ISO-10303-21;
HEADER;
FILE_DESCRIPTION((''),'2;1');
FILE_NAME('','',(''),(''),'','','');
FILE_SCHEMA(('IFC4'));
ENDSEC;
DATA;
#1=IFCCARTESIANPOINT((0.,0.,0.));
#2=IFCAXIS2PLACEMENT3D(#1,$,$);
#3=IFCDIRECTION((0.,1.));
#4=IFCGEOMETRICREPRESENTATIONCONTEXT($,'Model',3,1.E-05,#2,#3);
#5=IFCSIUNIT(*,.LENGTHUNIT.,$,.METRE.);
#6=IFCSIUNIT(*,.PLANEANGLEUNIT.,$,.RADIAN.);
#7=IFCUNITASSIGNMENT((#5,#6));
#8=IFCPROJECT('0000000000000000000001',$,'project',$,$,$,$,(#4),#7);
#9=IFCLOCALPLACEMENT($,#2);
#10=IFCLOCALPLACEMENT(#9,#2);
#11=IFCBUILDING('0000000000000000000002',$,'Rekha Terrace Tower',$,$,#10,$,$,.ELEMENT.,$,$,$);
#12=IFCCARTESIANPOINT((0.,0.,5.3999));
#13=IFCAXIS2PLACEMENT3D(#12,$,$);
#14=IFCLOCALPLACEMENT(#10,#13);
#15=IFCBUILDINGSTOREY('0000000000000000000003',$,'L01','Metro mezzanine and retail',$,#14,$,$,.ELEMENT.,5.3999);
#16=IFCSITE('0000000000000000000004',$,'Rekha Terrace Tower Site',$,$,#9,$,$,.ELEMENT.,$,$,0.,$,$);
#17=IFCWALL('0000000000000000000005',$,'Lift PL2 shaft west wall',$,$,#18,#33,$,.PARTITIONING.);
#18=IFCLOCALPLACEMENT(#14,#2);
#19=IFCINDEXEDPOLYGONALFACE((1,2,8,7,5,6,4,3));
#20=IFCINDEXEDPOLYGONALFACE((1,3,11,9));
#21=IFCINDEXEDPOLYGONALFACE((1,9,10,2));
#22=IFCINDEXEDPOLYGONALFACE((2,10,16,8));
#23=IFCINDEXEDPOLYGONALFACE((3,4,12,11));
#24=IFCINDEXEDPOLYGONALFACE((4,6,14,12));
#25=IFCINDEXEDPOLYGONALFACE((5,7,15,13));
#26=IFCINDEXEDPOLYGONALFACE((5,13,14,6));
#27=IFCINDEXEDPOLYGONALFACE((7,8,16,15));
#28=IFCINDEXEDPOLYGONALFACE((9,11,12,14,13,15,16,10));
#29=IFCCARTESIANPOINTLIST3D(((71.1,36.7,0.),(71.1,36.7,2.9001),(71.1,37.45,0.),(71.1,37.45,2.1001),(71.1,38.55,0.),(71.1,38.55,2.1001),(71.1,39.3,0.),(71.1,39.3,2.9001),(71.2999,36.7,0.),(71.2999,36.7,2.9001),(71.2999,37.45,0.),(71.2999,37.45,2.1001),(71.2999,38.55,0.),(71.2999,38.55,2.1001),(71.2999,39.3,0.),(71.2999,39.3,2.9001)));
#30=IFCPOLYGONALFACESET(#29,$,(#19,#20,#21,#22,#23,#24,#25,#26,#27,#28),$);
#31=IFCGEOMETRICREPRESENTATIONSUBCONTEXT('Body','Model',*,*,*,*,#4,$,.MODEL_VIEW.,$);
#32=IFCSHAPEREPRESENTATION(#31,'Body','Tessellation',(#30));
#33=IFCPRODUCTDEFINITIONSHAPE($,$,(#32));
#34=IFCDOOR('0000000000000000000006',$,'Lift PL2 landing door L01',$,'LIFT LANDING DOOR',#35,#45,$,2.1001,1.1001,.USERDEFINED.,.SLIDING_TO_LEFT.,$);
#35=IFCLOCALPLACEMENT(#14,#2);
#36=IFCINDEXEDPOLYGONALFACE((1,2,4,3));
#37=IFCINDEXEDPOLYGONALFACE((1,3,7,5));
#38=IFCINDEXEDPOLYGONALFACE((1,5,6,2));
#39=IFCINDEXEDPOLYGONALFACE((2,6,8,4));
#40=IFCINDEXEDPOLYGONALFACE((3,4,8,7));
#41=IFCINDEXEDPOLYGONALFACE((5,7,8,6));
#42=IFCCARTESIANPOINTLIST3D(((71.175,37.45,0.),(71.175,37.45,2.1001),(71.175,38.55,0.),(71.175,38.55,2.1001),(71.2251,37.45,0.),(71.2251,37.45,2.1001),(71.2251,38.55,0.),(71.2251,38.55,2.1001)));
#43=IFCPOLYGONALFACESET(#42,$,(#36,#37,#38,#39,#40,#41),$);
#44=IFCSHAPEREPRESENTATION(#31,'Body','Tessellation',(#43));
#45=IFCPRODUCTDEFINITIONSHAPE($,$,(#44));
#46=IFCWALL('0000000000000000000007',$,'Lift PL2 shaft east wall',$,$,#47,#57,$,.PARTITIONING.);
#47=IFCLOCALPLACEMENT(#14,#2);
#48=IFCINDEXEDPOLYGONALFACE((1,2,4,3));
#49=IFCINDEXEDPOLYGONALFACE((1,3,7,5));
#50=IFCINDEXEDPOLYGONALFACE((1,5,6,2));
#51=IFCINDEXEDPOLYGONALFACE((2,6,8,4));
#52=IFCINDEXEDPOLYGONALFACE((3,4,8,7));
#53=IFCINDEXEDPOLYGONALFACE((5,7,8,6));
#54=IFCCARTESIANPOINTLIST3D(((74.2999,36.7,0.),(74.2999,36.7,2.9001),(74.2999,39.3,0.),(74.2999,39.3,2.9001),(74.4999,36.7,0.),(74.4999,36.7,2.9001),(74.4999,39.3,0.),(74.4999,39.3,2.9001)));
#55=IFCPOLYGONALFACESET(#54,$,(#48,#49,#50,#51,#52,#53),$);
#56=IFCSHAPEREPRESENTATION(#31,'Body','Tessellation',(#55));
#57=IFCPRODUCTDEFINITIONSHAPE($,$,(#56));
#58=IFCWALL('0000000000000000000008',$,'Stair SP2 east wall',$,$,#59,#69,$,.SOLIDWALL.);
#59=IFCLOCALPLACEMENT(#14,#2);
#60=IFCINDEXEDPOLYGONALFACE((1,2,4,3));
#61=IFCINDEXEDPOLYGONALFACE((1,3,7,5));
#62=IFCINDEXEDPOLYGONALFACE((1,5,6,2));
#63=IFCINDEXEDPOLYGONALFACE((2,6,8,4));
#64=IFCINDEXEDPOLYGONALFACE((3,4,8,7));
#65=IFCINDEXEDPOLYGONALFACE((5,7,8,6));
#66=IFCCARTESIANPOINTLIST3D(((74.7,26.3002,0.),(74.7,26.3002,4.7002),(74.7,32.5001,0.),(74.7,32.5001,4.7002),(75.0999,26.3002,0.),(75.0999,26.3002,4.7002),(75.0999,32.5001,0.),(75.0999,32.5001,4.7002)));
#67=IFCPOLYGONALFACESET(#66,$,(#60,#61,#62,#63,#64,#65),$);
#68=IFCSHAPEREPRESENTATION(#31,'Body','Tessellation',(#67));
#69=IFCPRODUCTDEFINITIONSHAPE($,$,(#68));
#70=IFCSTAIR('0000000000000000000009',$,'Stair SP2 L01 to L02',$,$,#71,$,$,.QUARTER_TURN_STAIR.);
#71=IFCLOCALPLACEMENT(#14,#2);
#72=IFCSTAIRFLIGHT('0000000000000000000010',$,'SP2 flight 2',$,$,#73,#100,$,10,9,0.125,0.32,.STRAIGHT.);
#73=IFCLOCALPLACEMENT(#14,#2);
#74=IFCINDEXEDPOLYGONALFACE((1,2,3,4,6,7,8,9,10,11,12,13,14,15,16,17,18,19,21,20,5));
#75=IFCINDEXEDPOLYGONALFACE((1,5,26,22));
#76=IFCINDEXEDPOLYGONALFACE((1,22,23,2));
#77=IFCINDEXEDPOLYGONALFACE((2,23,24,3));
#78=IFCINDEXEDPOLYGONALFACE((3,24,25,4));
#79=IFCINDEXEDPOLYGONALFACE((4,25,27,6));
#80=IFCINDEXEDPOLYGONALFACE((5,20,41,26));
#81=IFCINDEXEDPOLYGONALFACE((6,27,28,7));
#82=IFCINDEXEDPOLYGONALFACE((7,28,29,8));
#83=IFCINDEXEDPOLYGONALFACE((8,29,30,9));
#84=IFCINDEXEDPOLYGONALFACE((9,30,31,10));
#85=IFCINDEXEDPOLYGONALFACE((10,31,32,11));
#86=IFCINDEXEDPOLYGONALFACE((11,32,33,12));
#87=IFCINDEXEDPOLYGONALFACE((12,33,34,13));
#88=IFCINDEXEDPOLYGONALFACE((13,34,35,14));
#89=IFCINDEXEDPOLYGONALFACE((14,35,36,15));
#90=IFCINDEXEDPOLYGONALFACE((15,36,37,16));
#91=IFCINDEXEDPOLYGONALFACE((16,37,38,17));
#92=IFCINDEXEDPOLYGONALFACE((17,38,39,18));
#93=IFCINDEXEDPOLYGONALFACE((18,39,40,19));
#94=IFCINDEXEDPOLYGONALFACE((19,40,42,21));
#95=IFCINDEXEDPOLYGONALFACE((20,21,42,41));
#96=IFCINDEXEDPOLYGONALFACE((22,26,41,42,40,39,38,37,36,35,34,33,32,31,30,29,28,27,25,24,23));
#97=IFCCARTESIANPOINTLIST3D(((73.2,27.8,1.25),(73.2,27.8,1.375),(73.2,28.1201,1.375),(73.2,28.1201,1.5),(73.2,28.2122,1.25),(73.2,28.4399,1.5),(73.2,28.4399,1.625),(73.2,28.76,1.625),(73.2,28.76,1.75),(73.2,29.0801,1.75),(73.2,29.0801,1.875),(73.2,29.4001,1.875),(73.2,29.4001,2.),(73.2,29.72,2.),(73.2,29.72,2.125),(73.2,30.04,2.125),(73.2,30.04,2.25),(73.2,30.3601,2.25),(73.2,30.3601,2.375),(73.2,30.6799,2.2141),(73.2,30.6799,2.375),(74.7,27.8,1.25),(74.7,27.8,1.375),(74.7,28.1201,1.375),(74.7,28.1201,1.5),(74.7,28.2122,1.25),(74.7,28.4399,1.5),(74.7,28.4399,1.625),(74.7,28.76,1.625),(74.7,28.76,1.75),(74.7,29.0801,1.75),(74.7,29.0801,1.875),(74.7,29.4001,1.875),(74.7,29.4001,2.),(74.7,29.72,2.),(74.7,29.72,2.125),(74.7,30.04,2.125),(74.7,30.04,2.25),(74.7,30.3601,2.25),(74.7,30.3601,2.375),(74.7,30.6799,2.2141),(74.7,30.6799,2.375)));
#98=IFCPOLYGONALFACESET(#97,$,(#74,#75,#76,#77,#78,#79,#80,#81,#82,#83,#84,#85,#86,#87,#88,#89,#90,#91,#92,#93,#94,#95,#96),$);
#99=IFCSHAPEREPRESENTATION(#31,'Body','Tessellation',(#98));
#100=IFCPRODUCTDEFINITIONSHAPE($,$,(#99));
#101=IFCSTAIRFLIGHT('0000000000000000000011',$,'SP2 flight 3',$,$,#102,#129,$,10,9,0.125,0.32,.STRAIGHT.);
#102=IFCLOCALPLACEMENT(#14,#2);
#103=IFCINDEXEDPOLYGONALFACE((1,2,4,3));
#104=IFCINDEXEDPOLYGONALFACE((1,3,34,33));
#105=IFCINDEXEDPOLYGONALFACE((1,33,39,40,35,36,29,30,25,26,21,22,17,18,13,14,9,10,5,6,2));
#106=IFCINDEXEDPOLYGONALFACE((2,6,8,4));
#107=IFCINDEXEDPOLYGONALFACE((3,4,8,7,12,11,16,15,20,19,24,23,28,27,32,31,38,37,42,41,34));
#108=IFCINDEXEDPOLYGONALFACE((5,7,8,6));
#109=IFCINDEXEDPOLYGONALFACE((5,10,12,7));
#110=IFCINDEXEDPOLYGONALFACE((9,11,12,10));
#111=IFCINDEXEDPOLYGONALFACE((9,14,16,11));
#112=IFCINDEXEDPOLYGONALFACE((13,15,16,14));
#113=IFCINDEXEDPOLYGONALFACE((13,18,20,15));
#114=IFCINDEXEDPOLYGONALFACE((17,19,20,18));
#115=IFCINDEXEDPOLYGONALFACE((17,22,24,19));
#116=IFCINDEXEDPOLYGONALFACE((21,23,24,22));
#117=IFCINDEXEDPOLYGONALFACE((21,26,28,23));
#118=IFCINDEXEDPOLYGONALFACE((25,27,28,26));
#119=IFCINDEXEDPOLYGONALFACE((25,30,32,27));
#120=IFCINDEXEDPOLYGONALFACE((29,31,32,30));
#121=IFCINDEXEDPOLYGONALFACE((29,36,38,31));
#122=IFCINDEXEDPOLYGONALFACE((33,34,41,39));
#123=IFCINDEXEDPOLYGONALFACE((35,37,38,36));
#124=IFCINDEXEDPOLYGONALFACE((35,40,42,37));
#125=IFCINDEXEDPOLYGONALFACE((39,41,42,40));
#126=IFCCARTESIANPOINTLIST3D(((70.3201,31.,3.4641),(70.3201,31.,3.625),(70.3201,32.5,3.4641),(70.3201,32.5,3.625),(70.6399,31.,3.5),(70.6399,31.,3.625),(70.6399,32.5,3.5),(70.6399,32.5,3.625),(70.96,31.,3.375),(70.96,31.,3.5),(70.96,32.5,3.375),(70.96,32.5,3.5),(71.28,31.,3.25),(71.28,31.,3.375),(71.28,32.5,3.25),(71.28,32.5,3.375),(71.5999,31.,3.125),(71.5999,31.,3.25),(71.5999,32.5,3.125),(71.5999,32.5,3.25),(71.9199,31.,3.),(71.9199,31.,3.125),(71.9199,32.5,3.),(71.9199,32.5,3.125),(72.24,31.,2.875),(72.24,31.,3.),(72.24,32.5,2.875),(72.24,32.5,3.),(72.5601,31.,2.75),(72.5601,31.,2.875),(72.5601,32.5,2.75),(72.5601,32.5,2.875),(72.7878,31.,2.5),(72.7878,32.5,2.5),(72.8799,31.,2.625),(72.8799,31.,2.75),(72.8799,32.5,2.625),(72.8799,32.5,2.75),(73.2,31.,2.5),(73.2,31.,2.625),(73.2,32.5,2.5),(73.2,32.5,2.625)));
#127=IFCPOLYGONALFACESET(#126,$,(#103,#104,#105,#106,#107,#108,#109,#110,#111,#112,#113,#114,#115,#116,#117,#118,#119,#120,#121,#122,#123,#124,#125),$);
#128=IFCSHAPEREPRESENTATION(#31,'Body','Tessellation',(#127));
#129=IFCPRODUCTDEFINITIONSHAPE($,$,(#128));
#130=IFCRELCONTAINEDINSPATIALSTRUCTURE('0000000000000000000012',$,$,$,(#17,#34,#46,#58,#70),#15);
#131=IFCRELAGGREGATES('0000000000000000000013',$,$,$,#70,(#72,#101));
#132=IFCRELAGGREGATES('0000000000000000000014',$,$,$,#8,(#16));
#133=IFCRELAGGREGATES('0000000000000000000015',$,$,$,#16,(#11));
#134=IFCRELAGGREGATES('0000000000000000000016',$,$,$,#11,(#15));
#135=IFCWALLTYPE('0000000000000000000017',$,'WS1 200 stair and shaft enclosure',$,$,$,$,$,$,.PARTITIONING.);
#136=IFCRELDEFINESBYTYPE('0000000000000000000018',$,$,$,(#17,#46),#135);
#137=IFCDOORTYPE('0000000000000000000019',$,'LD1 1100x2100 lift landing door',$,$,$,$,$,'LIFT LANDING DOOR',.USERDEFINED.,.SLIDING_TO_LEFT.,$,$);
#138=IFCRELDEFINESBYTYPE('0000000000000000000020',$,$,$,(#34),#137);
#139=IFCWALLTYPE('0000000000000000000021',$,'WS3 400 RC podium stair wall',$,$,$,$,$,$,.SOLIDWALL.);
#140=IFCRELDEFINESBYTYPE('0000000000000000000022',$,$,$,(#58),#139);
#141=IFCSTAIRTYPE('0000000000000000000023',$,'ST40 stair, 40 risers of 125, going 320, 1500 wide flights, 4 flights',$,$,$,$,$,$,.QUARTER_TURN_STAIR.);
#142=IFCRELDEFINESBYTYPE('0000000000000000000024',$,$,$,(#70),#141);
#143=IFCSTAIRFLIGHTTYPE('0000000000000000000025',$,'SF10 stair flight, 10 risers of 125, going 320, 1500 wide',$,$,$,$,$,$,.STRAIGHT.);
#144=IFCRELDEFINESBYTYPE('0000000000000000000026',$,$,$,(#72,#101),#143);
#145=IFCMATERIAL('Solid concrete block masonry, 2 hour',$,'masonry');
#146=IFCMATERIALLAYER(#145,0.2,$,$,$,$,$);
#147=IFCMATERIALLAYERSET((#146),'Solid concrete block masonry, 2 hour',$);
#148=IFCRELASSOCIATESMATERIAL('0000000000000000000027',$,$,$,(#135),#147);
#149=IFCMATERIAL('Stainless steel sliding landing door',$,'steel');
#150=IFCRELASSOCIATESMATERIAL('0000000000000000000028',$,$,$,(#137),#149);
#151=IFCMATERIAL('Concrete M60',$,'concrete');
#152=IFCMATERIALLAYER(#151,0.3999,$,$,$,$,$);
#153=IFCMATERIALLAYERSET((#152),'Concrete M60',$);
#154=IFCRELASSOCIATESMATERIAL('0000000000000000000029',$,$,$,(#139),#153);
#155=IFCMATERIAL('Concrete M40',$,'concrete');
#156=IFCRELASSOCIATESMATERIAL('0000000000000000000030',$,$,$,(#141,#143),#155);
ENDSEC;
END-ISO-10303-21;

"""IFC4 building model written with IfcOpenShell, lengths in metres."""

from ifc_helpers import new_model, si_unit, direction, frame, frame_2d, origin, place, context, subcontext, project, spatial, polyline, rectangle, outline, extrude, material, layer, layer_set, type_object, element, fill, aggregate, save


model = new_model("IFC4")

# Units and contexts
model_context = context("Model", 3, precision=1e-05, world=origin(), true_north=direction((0.0, 1.0)))
body_context = subcontext(model_context, "Body", "Model", "MODEL_VIEW")
ifc_project = project(units=[si_unit("LENGTHUNIT", "METRE"), si_unit("PLANEANGLEUNIT", "RADIAN")], contexts=[model_context])

# Site, building, storey
site_placement = place(None, origin())
site = spatial("IfcSite", under=ifc_project, at=site_placement, Name="Rekha Terrace Tower Site", CompositionType="ELEMENT", RefElevation=0.0)
building_placement = place(site_placement, origin())
building = spatial("IfcBuilding", under=site, at=building_placement, Name="Rekha Terrace Tower", CompositionType="ELEMENT")
storey_placement = place(building_placement, frame((0.0, 0.0, 5.3999)))
storey = spatial("IfcBuildingStorey", under=building, at=storey_placement, Name="L01", Description="Metro mezzanine and retail", CompositionType="ELEMENT", Elevation=5.3999)

# Shared definitions
ifc_material_1 = material(Name="Concrete M60", Category="concrete")

# Wall, opening, door
ifc_material_2 = material(Name="Solid concrete block masonry, 2 hour", Category="masonry")
ifc_layer_1 = layer(ifc_material_2, 0.2)
ifc_layer_set_1 = layer_set([ifc_layer_1], Name="Solid concrete block masonry, 2 hour")
wall_type_1 = type_object("IfcWallType", Name="WS1 200 stair and shaft enclosure", PredefinedType="PARTITIONING", material=ifc_layer_set_1)
wall_1_placement = place(storey_placement, frame((71.2, 36.7, 0.0), z_axis=(0.0, 0.0, 1.0), x_axis=(0.0, 1.0, 0.0)))
wall_1 = element("IfcWall", 1, at=wall_1_placement, inside=storey, type_object=wall_type_1, Name="Lift PL2 shaft west wall", PredefinedType="PARTITIONING", context=body_context, shape_type="SweptSolid", body=[
    extrude(rectangle(XDim=2.6001, YDim=0.2, at=frame_2d((1.3, 0.0))), origin(), (0.0, 0.0, 1.0), 2.9001),
])
opening_placement = place(wall_1_placement, frame((0.75, 0.0, 0.0)))
opening = element("IfcOpeningElement", 2, at=opening_placement, cuts=wall_1, PredefinedType="OPENING", context=body_context, shape_type="SweptSolid", body=[
    extrude(rectangle(XDim=1.1001, YDim=2.1001, at=frame_2d((0.55, 1.05))), frame((0.0, 0.1099, 0.0), z_axis=(0.0, -1.0, 0.0), x_axis=(1.0, 0.0, 0.0)), (0.0, 0.0, 1.0), 0.22),
])
ifc_material_3 = material(Name="Stainless steel sliding landing door", Category="steel")
door_type = type_object("IfcDoorType", Name="LD1 1100x2100 lift landing door", ElementType="LIFT LANDING DOOR", OperationType="SLIDING_TO_LEFT", PredefinedType="USERDEFINED", material=ifc_material_3)
door_placement = place(opening_placement, origin())
door = element("IfcDoor", 3, at=door_placement, inside=storey, type_object=door_type, Name="Lift PL2 landing door L01", ObjectType="LIFT LANDING DOOR", OperationType="SLIDING_TO_LEFT", OverallHeight=2.1001, OverallWidth=1.1001, PredefinedType="USERDEFINED", context=body_context, shape_type="SweptSolid", body=[
    extrude(rectangle(XDim=1.1001, YDim=2.1001, at=frame_2d((0.55, 1.05))), frame((0.0, 0.0249, 0.0), z_axis=(0.0, -1.0, 0.0), x_axis=(1.0, 0.0, 0.0)), (0.0, 0.0, 1.0), 0.05),
])
fill(opening, door)

# Walls
wall_2_placement = place(storey_placement, frame((74.3999, 36.7, 0.0), z_axis=(0.0, 0.0, 1.0), x_axis=(0.0, 1.0, 0.0)))
element("IfcWall", 4, at=wall_2_placement, inside=storey, type_object=wall_type_1, Name="Lift PL2 shaft east wall", PredefinedType="PARTITIONING", context=body_context, shape_type="SweptSolid", body=[
    extrude(rectangle(XDim=2.6001, YDim=0.2, at=frame_2d((1.3, 0.0))), origin(), (0.0, 0.0, 1.0), 2.9001),
])
ifc_layer_2 = layer(ifc_material_1, 0.3999)
ifc_layer_set_2 = layer_set([ifc_layer_2], Name="Concrete M60")
wall_type_2 = type_object("IfcWallType", Name="WS3 400 RC podium stair wall", PredefinedType="SOLIDWALL", material=ifc_layer_set_2)
wall_3_placement = place(storey_placement, frame((74.8999, 26.3, 0.0), z_axis=(0.0, 0.0, 1.0), x_axis=(0.0, 1.0, 0.0)))
element("IfcWall", 5, at=wall_3_placement, inside=storey, type_object=wall_type_2, Name="Stair SP2 east wall", PredefinedType="SOLIDWALL", context=body_context, shape_type="SweptSolid", body=[
    extrude(rectangle(XDim=6.2, YDim=0.3999, at=frame_2d((3.1001, 0.0))), origin(), (0.0, 0.0, 1.0), 4.7002),
])

# Stair, stair flights
ifc_material_4 = material(Name="Concrete M40", Category="concrete")
stair_type = type_object("IfcStairType", Name="ST40 stair, 40 risers of 125, going 320, 1500 wide flights, 4 flights", PredefinedType="QUARTER_TURN_STAIR", material=ifc_material_4)
stair_placement = place(storey_placement, origin())
stair = element("IfcStair", 6, at=stair_placement, inside=storey, type_object=stair_type, Name="Stair SP2 L01 to L02", PredefinedType="QUARTER_TURN_STAIR")
stair_flight_type = type_object("IfcStairFlightType", Name="SF10 stair flight, 10 risers of 125, going 320, 1500 wide", PredefinedType="STRAIGHT", material=ifc_material_4)
stair_flight_1_placement = place(storey_placement, frame((73.95, 27.8, 1.25), z_axis=(0.0, 0.0, 1.0), x_axis=(0.0, 1.0, 0.0)))
stair_flight_1 = element("IfcStairFlight", 7, at=stair_flight_1_placement, type_object=stair_flight_type, Name="SP2 flight 2", NumberOfRisers=10, NumberOfTreads=9, PredefinedType="STRAIGHT", RiserHeight=0.125, TreadLength=0.32, context=body_context, shape_type="SweptSolid", body=[
    extrude(outline(polyline([(0.0, 0.0), (0.0, 0.125), (0.3201, 0.125), (0.3201, 0.25), (0.6399, 0.25), (0.6399, 0.375), (0.96, 0.375), (0.96, 0.5), (1.28, 0.5), (1.28, 0.625), (1.6001, 0.625), (1.6001, 0.75), (1.9199, 0.75), (1.9199, 0.875), (2.24, 0.875), (2.24, 1.0), (2.5601, 1.0), (2.5601, 1.125), (2.8799, 1.125), (2.8799, 1.25), (2.8799, 0.9641), (0.4121, 0.0), (0.0, 0.0)])), frame((0.0, 0.75, 0.0), z_axis=(0.0, -1.0, 0.0), x_axis=(1.0, 0.0, 0.0)), (0.0, 0.0, 1.0), 1.5),
])
stair_flight_2_placement = place(storey_placement, frame((73.2, 31.75, 2.5), z_axis=(0.0, 0.0, 1.0), x_axis=(-1.0, 0.0, 0.0)))
stair_flight_2 = element("IfcStairFlight", 8, at=stair_flight_2_placement, type_object=stair_flight_type, Name="SP2 flight 3", NumberOfRisers=10, NumberOfTreads=9, PredefinedType="STRAIGHT", RiserHeight=0.125, TreadLength=0.32, context=body_context, shape_type="SweptSolid", body=[
    extrude(outline(polyline([(0.0, 0.0), (0.0, 0.125), (0.3201, 0.125), (0.3201, 0.25), (0.6399, 0.25), (0.6399, 0.375), (0.96, 0.375), (0.96, 0.5), (1.28, 0.5), (1.28, 0.625), (1.6001, 0.625), (1.6001, 0.75), (1.9199, 0.75), (1.9199, 0.875), (2.24, 0.875), (2.24, 1.0), (2.5601, 1.0), (2.5601, 1.125), (2.8799, 1.125), (2.8799, 1.25), (2.8799, 0.9641), (0.4121, 0.0), (0.0, 0.0)])), frame((0.0, 0.75, 0.0), z_axis=(0.0, -1.0, 0.0), x_axis=(1.0, 0.0, 0.0)), (0.0, 0.0, 1.0), 1.5),
])
aggregate(stair, [stair_flight_1, stair_flight_2])

save(model, "model.ifc")
